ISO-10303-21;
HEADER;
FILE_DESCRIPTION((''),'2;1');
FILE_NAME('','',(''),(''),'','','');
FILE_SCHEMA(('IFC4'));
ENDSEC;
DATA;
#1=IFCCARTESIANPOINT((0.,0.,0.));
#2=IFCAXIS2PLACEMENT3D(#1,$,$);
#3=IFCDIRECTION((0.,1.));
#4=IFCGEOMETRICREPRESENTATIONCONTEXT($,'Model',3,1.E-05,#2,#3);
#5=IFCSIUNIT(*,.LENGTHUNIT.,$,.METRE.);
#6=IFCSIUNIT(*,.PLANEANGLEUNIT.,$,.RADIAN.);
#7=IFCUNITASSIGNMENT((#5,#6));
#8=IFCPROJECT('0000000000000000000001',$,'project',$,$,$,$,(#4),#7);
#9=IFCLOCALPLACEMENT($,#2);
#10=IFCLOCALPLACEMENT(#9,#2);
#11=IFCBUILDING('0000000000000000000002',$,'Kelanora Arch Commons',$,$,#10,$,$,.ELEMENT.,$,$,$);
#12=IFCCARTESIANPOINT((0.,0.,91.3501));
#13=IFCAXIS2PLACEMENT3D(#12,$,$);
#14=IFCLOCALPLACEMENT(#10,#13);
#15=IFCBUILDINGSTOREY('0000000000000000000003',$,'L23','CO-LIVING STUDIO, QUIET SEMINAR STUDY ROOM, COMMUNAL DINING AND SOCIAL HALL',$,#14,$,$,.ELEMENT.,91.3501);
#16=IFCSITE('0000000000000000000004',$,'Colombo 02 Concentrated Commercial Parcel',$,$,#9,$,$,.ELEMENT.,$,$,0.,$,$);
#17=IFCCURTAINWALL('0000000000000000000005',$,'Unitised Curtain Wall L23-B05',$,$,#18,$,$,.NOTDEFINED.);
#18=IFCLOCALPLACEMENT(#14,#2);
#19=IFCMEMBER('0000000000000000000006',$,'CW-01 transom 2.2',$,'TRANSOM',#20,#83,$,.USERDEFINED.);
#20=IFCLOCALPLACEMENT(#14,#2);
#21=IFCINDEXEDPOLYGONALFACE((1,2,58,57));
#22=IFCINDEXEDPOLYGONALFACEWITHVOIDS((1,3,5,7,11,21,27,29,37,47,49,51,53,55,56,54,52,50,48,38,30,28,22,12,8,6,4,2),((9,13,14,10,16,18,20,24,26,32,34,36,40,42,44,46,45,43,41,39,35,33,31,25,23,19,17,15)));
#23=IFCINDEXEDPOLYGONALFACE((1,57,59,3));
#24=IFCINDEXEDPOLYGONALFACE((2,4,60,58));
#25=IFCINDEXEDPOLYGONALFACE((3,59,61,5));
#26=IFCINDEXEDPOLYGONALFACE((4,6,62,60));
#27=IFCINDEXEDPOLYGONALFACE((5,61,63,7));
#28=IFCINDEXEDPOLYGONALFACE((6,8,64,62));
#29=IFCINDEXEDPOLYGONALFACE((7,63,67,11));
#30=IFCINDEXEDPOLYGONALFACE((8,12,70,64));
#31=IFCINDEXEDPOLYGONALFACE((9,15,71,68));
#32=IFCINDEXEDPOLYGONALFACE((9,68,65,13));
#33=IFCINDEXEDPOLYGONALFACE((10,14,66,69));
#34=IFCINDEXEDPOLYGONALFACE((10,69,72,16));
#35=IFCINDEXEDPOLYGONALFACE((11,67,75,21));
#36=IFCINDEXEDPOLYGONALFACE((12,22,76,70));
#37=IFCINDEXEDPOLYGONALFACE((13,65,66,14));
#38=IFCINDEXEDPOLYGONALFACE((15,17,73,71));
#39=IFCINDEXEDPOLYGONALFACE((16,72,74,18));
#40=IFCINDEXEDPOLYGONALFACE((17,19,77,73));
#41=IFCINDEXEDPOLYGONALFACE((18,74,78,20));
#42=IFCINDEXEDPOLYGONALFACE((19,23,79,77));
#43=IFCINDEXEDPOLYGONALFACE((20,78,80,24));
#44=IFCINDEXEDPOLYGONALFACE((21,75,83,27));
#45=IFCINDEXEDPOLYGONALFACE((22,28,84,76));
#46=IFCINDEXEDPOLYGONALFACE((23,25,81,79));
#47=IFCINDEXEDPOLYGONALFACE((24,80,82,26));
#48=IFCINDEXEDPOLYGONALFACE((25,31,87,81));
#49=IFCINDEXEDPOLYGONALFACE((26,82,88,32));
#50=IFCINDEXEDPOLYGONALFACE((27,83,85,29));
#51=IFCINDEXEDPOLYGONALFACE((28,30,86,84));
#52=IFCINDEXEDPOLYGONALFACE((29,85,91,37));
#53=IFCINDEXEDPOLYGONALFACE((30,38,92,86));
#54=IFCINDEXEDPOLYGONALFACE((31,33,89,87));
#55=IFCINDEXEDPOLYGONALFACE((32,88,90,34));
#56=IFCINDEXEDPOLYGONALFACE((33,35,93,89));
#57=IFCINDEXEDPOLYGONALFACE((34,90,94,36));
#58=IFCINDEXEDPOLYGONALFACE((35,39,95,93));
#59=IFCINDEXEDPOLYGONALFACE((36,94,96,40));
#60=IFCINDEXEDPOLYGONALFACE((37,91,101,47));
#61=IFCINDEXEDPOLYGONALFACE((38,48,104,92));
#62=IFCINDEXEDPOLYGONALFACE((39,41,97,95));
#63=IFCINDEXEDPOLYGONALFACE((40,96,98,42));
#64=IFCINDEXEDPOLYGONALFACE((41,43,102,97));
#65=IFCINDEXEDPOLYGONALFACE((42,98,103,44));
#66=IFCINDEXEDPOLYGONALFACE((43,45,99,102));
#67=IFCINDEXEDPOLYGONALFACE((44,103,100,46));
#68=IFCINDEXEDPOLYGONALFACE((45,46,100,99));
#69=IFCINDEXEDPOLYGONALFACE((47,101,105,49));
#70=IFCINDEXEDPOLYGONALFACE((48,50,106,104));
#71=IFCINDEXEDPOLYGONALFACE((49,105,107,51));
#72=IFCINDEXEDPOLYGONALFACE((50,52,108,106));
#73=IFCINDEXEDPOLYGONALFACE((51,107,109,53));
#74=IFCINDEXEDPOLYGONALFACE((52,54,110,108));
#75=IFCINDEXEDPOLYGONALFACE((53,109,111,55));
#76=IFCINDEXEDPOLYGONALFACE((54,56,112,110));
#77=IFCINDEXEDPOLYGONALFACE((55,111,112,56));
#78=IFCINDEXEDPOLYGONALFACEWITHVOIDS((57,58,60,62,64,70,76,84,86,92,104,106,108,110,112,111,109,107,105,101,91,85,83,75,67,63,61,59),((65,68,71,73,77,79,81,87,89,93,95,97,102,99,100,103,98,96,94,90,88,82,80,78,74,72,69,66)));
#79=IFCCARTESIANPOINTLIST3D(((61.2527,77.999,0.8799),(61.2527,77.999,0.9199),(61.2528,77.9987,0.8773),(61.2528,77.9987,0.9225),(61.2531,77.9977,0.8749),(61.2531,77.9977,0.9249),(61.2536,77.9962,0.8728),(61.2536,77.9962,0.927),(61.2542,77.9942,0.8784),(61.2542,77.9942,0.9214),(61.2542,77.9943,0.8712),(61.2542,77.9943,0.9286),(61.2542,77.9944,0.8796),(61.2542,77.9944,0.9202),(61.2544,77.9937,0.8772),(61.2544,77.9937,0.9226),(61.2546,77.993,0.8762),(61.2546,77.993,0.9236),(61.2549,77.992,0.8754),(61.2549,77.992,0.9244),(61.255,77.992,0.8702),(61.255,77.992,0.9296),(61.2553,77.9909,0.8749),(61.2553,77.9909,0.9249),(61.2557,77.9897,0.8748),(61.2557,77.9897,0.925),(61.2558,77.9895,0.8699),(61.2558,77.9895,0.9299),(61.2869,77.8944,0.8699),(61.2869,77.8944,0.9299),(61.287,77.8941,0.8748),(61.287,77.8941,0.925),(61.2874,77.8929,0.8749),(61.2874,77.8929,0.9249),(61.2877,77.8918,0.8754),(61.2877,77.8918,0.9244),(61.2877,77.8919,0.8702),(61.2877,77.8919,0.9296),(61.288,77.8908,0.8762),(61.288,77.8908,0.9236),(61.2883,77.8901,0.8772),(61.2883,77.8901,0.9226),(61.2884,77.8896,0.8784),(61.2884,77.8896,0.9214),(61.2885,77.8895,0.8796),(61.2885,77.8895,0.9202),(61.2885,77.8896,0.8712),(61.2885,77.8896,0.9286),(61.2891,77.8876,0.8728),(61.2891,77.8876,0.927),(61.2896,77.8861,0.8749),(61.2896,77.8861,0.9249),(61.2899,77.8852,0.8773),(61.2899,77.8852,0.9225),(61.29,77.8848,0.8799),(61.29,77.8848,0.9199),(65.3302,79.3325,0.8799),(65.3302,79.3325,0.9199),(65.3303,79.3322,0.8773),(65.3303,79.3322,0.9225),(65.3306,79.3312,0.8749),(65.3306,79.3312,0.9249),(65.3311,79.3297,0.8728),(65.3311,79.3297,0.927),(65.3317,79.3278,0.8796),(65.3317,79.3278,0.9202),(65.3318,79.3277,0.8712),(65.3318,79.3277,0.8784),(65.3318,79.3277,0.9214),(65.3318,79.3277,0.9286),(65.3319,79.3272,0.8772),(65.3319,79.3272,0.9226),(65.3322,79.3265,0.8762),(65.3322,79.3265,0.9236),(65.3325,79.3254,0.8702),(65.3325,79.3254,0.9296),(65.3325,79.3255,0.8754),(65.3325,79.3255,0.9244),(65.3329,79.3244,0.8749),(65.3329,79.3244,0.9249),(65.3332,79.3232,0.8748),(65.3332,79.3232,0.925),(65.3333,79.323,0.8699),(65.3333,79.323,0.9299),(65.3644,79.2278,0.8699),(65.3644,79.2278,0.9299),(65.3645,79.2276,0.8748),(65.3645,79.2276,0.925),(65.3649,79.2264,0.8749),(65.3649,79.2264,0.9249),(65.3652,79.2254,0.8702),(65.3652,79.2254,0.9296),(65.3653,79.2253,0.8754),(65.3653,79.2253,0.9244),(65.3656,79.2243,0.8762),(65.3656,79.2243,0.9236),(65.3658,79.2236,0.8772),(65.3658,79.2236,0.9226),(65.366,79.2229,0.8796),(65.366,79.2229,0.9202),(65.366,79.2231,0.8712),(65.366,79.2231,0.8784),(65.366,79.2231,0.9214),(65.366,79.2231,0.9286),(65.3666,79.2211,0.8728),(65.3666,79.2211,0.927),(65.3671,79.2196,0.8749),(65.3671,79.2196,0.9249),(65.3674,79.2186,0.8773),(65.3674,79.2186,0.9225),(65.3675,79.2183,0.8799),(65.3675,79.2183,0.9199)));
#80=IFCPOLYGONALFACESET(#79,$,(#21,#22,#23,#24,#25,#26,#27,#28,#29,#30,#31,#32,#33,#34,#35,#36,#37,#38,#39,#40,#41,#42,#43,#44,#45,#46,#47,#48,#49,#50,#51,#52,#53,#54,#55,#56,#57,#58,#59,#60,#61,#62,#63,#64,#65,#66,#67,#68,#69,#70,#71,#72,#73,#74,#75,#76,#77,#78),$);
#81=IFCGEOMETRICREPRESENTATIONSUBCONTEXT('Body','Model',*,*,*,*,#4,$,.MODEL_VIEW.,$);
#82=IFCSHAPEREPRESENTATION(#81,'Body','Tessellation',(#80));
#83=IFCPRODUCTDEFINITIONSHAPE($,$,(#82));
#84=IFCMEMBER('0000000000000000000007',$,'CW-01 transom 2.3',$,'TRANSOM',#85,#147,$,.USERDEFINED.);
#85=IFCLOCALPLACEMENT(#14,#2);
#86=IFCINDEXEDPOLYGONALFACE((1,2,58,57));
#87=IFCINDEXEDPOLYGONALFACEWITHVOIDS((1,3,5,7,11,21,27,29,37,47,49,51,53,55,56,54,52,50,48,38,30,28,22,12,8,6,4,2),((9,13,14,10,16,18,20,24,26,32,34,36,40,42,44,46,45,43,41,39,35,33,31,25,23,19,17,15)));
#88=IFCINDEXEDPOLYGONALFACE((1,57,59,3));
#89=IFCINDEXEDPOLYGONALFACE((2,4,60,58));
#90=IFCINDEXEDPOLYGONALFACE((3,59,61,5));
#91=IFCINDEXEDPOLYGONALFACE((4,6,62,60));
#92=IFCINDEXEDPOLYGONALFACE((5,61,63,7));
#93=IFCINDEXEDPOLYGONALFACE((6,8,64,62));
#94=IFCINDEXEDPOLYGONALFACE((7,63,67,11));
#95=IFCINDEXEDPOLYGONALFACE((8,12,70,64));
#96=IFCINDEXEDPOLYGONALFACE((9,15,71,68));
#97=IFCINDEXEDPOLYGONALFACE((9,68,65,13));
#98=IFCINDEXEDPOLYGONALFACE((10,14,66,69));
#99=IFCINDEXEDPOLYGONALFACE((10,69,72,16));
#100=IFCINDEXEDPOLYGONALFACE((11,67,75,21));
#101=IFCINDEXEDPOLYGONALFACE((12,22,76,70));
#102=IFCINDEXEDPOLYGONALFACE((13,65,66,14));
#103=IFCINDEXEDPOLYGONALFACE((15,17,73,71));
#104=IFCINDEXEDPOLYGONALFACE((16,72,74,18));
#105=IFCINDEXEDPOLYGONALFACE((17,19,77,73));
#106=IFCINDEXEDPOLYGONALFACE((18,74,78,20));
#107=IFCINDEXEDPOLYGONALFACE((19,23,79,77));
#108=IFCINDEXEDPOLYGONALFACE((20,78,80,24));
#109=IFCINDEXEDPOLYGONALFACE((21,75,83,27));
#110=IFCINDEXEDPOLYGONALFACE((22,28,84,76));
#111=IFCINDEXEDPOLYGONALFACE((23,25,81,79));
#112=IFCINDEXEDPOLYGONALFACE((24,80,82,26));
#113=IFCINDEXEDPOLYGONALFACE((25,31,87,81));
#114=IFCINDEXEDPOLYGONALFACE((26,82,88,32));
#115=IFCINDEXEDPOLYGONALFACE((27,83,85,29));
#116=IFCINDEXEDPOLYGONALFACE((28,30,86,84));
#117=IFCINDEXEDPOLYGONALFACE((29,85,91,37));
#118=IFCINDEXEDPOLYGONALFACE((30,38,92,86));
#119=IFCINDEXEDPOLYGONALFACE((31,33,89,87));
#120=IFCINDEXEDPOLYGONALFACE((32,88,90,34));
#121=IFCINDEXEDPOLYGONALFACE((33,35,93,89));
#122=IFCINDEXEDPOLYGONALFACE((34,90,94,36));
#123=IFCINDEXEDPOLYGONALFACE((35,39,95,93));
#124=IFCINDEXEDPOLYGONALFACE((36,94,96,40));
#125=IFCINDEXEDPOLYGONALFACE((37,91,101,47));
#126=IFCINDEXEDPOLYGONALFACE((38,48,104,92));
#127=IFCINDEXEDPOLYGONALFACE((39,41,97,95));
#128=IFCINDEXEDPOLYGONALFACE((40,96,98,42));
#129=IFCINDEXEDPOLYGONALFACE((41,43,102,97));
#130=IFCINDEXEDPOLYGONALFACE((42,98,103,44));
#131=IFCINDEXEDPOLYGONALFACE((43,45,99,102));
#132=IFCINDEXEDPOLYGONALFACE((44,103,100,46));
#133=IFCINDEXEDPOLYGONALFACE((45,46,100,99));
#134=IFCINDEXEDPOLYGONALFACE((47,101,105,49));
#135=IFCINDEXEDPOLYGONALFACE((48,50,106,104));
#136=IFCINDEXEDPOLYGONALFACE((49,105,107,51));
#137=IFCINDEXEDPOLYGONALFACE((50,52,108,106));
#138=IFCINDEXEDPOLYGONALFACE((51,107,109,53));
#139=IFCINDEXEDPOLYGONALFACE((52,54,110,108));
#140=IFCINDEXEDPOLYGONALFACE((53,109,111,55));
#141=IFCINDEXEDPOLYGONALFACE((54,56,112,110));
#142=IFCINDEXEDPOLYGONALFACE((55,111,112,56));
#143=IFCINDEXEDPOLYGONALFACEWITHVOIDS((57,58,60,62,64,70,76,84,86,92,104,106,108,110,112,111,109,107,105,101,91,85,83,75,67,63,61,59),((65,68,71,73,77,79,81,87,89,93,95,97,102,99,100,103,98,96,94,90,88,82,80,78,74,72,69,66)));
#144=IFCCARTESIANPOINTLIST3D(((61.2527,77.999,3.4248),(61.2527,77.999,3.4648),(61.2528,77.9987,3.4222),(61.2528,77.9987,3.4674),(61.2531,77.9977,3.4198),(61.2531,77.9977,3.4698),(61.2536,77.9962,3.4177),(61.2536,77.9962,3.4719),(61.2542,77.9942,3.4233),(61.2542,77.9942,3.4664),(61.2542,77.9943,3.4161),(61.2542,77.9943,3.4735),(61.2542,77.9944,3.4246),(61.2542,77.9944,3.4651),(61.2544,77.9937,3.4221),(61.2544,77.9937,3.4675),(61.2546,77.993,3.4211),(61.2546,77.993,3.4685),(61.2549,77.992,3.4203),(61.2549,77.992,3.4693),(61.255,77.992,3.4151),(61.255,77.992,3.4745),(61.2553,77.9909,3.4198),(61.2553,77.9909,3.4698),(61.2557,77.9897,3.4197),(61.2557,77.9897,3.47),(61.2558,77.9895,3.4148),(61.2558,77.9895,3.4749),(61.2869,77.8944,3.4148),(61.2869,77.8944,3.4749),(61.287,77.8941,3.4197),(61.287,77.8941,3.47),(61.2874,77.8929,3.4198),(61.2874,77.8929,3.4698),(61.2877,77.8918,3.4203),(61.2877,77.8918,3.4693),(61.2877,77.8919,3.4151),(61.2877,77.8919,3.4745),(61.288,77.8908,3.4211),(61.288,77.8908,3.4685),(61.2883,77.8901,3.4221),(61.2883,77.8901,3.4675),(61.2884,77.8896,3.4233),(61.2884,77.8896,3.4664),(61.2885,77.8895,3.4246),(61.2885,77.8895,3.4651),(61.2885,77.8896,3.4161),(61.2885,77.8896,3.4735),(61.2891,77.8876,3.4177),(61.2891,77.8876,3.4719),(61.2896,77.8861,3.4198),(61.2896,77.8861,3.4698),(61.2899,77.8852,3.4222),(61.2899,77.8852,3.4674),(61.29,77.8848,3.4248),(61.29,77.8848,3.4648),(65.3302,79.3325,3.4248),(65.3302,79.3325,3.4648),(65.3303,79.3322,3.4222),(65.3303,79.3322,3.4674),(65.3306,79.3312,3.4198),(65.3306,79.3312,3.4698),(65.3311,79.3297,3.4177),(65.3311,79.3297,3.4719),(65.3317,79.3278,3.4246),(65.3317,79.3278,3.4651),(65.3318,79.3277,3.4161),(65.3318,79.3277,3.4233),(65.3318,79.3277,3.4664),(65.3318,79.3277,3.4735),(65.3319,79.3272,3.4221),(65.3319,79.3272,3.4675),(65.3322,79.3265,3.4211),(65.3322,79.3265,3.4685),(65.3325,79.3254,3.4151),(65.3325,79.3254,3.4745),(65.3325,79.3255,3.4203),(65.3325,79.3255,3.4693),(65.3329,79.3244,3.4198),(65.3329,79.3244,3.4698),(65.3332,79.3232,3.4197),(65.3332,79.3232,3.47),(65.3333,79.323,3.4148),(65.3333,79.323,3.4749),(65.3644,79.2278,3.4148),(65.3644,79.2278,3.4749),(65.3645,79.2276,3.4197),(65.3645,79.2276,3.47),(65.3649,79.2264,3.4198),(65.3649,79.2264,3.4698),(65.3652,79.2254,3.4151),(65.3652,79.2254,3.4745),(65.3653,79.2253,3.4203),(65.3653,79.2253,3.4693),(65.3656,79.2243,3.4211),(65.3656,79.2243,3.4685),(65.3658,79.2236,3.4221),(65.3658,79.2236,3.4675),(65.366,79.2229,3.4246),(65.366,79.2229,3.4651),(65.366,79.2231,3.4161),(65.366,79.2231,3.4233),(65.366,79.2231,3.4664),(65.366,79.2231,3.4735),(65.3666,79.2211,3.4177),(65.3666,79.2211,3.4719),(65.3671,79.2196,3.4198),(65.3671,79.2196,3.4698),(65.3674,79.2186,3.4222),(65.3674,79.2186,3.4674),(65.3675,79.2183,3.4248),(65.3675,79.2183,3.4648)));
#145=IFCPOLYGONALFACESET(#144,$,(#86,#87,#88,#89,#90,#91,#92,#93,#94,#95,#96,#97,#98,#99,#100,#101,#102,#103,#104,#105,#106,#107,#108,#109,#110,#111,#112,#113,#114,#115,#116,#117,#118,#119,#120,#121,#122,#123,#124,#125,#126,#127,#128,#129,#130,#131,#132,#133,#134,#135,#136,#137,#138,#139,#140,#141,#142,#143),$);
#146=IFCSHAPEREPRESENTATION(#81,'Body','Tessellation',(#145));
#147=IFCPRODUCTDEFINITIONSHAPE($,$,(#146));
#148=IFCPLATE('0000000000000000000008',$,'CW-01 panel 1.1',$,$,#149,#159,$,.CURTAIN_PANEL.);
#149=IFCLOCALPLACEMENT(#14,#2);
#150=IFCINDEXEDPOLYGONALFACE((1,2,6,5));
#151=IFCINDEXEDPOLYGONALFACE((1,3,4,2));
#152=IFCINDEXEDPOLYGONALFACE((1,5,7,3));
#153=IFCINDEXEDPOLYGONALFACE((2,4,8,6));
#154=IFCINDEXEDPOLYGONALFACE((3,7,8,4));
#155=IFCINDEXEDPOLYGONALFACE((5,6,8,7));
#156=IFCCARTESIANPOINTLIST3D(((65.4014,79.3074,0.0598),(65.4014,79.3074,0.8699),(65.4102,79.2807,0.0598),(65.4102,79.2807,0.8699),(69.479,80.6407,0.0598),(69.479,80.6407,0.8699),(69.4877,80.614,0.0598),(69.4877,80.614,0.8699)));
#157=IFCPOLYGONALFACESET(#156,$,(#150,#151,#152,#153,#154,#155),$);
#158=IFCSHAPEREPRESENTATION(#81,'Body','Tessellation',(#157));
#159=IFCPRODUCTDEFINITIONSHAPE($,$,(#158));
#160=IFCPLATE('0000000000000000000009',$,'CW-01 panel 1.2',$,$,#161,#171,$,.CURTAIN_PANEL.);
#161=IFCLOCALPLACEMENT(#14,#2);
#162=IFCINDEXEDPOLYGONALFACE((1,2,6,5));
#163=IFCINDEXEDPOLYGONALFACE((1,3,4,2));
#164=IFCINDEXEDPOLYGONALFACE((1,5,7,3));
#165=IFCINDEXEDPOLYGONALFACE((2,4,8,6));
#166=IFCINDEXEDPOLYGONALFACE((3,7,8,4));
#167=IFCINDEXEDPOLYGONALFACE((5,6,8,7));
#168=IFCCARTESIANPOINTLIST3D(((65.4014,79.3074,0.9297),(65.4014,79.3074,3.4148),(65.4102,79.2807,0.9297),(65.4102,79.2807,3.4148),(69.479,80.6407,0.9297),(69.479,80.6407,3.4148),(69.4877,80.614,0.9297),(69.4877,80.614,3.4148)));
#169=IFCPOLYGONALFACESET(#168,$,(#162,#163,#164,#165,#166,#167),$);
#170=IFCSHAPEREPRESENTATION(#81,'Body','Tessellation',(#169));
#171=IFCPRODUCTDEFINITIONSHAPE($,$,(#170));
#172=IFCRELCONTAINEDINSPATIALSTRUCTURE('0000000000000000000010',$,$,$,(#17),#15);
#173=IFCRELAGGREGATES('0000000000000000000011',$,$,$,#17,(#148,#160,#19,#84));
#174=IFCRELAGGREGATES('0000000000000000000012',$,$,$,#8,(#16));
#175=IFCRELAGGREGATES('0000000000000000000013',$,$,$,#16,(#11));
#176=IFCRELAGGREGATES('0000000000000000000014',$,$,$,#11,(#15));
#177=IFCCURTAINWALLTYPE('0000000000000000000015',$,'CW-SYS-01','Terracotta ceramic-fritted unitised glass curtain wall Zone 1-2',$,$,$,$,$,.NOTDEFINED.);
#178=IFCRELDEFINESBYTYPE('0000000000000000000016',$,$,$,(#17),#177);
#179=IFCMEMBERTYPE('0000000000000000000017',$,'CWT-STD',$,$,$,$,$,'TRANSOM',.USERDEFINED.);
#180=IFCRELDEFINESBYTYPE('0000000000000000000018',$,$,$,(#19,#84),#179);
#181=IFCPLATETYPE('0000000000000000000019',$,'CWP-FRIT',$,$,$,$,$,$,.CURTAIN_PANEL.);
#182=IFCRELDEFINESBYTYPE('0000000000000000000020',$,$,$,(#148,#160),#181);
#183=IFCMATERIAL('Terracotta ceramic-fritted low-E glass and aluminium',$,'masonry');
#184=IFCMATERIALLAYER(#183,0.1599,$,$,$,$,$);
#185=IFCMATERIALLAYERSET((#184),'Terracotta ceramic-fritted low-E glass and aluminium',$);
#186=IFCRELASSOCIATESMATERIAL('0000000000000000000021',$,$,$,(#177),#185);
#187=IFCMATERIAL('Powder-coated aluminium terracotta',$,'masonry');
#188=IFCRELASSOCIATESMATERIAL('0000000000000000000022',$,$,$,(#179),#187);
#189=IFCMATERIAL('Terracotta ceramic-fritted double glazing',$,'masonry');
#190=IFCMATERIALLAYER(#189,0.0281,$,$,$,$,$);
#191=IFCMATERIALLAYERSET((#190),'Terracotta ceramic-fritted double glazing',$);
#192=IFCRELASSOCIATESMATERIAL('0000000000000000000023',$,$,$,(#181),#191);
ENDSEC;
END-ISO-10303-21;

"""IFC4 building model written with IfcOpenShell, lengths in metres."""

from ifc_helpers import new_model, si_unit, direction, frame, origin, origin_2d, place, context, subcontext, project, spatial, rectangle, hollow_rectangle, extrude, source, transform, mapped, material, layer, layer_set, material_profile, profile_set, type_object, element, aggregate, save


model = new_model("IFC4")

# Units and contexts
model_context = context("Model", 3, precision=1e-05, world=origin(), true_north=direction((0.0, 1.0)))
body_context = subcontext(model_context, "Body", "Model", "MODEL_VIEW")
ifc_project = project(units=[si_unit("LENGTHUNIT", "METRE"), si_unit("PLANEANGLEUNIT", "RADIAN")], contexts=[model_context])

# Site, building, storey
site_placement = place(None, origin())
site = spatial("IfcSite", under=ifc_project, at=site_placement, Name="Colombo 02 Concentrated Commercial Parcel", CompositionType="ELEMENT", RefElevation=0.0)
building_placement = place(site_placement, origin())
building = spatial("IfcBuilding", under=site, at=building_placement, Name="Kelanora Arch Commons", CompositionType="ELEMENT")
storey_placement = place(building_placement, frame((0.0, 0.0, 91.3501)))
storey = spatial("IfcBuildingStorey", under=building, at=storey_placement, Name="L23", Description="CO-LIVING STUDIO, QUIET SEMINAR STUDY ROOM, COMMUNAL DINING AND SOCIAL HALL", CompositionType="ELEMENT", Elevation=91.3501)

# Curtain wall, members, plates
ifc_material_1 = material(Name="Terracotta ceramic-fritted low-E glass and aluminium", Category="masonry")
ifc_layer_1 = layer(ifc_material_1, 0.1599)
ifc_layer_set_1 = layer_set([ifc_layer_1], Name="Terracotta ceramic-fritted low-E glass and aluminium")
curtain_wall_type = type_object("IfcCurtainWallType", Name="CW-SYS-01", Description="Terracotta ceramic-fritted unitised glass curtain wall Zone 1-2", PredefinedType="NOTDEFINED", material=ifc_layer_set_1)
curtain_wall_placement = place(storey_placement, origin())
curtain_wall = element("IfcCurtainWall", 1, at=curtain_wall_placement, inside=storey, type_object=curtain_wall_type, Name="Unitised Curtain Wall L23-B05", PredefinedType="NOTDEFINED")
ifc_material_2 = material(Name="Powder-coated aluminium terracotta", Category="masonry")
ifc_material_profile_1 = material_profile(ifc_material_2, hollow_rectangle(XDim=0.1201, YDim=0.0601, WallThickness=0.0049, InnerFilletRadius=0.0049, OuterFilletRadius=0.01, at=origin_2d()), Name="CWT120x60")
ifc_profile_set_1 = profile_set([ifc_material_profile_1], Name="Powder-coated aluminium terracotta")
member_type_1 = type_object("IfcMemberType", Name="CWT-STD", ElementType="TRANSOM", PredefinedType="USERDEFINED", material=ifc_profile_set_1)
member_1_placement = place(storey_placement, frame((65.3489, 79.2754, 0.8999), z_axis=(-0.950466, -0.310828, 0.0), x_axis=(0.310828, -0.950466, 0.0)))
member_1 = element("IfcMember", 2, at=member_1_placement, type_object=member_type_1, Name="CW-01 transom 2.2", ObjectType="TRANSOM", PredefinedType="USERDEFINED", context=body_context, shape_type="SweptSolid", body=[
    extrude(hollow_rectangle(XDim=0.1201, YDim=0.0601, WallThickness=0.0049, InnerFilletRadius=0.0049, OuterFilletRadius=0.01, at=origin_2d()), origin(), (0.0, 0.0, 1.0), 4.29),
])
member_2_placement = place(storey_placement, frame((65.3489, 79.2754, 3.4448), z_axis=(-0.950466, -0.310828, 0.0), x_axis=(0.310828, -0.950466, 0.0)))
member_2 = element("IfcMember", 3, at=member_2_placement, type_object=member_type_1, Name="CW-01 transom 2.3", ObjectType="TRANSOM", PredefinedType="USERDEFINED", context=body_context, shape_type="SweptSolid", body=[
    extrude(hollow_rectangle(XDim=0.1201, YDim=0.0601, WallThickness=0.0049, InnerFilletRadius=0.0049, OuterFilletRadius=0.01, at=origin_2d()), origin(), (0.0, 0.0, 1.0), 4.29),
])
ifc_material_3 = material(Name="Terracotta ceramic-fritted double glazing", Category="masonry")
ifc_layer_2 = layer(ifc_material_3, 0.0281)
ifc_layer_set_2 = layer_set([ifc_layer_2], Name="Terracotta ceramic-fritted double glazing")
plate_type = type_object("IfcPlateType", Name="CWP-FRIT", PredefinedType="CURTAIN_PANEL", material=ifc_layer_set_2)
shared_shape_1 = source(origin(), body_context, "Body", "SweptSolid", [
    extrude(rectangle(XDim=4.29, YDim=0.0281, at=origin_2d()), origin(), (0.0, 0.0, 1.0), 0.8101),
])
plate_1_placement = place(storey_placement, frame((67.4446, 79.9607, 0.0598), z_axis=(0.0, 0.0, 1.0), x_axis=(-0.950474, -0.310805, 0.0)))
plate_1 = element("IfcPlate", 4, at=plate_1_placement, type_object=plate_type, Name="CW-01 panel 1.1", PredefinedType="CURTAIN_PANEL", context=body_context, shape_type="MappedRepresentation", body=[
    mapped(shared_shape_1, transform((0.0, 0.0, 0.0), scale=1.0)),
])
shared_shape_2 = source(origin(), body_context, "Body", "SweptSolid", [
    extrude(rectangle(XDim=4.29, YDim=0.0281, at=origin_2d()), origin(), (0.0, 0.0, 1.0), 2.4851),
])
plate_2_placement = place(storey_placement, frame((67.4446, 79.9607, 0.9297), z_axis=(0.0, 0.0, 1.0), x_axis=(-0.950474, -0.310805, 0.0)))
plate_2 = element("IfcPlate", 5, at=plate_2_placement, type_object=plate_type, Name="CW-01 panel 1.2", PredefinedType="CURTAIN_PANEL", context=body_context, shape_type="MappedRepresentation", body=[
    mapped(shared_shape_2, transform((0.0, 0.0, 0.0), scale=1.0)),
])
aggregate(curtain_wall, [plate_1, plate_2, member_1, member_2])

save(model, "model.ifc")
